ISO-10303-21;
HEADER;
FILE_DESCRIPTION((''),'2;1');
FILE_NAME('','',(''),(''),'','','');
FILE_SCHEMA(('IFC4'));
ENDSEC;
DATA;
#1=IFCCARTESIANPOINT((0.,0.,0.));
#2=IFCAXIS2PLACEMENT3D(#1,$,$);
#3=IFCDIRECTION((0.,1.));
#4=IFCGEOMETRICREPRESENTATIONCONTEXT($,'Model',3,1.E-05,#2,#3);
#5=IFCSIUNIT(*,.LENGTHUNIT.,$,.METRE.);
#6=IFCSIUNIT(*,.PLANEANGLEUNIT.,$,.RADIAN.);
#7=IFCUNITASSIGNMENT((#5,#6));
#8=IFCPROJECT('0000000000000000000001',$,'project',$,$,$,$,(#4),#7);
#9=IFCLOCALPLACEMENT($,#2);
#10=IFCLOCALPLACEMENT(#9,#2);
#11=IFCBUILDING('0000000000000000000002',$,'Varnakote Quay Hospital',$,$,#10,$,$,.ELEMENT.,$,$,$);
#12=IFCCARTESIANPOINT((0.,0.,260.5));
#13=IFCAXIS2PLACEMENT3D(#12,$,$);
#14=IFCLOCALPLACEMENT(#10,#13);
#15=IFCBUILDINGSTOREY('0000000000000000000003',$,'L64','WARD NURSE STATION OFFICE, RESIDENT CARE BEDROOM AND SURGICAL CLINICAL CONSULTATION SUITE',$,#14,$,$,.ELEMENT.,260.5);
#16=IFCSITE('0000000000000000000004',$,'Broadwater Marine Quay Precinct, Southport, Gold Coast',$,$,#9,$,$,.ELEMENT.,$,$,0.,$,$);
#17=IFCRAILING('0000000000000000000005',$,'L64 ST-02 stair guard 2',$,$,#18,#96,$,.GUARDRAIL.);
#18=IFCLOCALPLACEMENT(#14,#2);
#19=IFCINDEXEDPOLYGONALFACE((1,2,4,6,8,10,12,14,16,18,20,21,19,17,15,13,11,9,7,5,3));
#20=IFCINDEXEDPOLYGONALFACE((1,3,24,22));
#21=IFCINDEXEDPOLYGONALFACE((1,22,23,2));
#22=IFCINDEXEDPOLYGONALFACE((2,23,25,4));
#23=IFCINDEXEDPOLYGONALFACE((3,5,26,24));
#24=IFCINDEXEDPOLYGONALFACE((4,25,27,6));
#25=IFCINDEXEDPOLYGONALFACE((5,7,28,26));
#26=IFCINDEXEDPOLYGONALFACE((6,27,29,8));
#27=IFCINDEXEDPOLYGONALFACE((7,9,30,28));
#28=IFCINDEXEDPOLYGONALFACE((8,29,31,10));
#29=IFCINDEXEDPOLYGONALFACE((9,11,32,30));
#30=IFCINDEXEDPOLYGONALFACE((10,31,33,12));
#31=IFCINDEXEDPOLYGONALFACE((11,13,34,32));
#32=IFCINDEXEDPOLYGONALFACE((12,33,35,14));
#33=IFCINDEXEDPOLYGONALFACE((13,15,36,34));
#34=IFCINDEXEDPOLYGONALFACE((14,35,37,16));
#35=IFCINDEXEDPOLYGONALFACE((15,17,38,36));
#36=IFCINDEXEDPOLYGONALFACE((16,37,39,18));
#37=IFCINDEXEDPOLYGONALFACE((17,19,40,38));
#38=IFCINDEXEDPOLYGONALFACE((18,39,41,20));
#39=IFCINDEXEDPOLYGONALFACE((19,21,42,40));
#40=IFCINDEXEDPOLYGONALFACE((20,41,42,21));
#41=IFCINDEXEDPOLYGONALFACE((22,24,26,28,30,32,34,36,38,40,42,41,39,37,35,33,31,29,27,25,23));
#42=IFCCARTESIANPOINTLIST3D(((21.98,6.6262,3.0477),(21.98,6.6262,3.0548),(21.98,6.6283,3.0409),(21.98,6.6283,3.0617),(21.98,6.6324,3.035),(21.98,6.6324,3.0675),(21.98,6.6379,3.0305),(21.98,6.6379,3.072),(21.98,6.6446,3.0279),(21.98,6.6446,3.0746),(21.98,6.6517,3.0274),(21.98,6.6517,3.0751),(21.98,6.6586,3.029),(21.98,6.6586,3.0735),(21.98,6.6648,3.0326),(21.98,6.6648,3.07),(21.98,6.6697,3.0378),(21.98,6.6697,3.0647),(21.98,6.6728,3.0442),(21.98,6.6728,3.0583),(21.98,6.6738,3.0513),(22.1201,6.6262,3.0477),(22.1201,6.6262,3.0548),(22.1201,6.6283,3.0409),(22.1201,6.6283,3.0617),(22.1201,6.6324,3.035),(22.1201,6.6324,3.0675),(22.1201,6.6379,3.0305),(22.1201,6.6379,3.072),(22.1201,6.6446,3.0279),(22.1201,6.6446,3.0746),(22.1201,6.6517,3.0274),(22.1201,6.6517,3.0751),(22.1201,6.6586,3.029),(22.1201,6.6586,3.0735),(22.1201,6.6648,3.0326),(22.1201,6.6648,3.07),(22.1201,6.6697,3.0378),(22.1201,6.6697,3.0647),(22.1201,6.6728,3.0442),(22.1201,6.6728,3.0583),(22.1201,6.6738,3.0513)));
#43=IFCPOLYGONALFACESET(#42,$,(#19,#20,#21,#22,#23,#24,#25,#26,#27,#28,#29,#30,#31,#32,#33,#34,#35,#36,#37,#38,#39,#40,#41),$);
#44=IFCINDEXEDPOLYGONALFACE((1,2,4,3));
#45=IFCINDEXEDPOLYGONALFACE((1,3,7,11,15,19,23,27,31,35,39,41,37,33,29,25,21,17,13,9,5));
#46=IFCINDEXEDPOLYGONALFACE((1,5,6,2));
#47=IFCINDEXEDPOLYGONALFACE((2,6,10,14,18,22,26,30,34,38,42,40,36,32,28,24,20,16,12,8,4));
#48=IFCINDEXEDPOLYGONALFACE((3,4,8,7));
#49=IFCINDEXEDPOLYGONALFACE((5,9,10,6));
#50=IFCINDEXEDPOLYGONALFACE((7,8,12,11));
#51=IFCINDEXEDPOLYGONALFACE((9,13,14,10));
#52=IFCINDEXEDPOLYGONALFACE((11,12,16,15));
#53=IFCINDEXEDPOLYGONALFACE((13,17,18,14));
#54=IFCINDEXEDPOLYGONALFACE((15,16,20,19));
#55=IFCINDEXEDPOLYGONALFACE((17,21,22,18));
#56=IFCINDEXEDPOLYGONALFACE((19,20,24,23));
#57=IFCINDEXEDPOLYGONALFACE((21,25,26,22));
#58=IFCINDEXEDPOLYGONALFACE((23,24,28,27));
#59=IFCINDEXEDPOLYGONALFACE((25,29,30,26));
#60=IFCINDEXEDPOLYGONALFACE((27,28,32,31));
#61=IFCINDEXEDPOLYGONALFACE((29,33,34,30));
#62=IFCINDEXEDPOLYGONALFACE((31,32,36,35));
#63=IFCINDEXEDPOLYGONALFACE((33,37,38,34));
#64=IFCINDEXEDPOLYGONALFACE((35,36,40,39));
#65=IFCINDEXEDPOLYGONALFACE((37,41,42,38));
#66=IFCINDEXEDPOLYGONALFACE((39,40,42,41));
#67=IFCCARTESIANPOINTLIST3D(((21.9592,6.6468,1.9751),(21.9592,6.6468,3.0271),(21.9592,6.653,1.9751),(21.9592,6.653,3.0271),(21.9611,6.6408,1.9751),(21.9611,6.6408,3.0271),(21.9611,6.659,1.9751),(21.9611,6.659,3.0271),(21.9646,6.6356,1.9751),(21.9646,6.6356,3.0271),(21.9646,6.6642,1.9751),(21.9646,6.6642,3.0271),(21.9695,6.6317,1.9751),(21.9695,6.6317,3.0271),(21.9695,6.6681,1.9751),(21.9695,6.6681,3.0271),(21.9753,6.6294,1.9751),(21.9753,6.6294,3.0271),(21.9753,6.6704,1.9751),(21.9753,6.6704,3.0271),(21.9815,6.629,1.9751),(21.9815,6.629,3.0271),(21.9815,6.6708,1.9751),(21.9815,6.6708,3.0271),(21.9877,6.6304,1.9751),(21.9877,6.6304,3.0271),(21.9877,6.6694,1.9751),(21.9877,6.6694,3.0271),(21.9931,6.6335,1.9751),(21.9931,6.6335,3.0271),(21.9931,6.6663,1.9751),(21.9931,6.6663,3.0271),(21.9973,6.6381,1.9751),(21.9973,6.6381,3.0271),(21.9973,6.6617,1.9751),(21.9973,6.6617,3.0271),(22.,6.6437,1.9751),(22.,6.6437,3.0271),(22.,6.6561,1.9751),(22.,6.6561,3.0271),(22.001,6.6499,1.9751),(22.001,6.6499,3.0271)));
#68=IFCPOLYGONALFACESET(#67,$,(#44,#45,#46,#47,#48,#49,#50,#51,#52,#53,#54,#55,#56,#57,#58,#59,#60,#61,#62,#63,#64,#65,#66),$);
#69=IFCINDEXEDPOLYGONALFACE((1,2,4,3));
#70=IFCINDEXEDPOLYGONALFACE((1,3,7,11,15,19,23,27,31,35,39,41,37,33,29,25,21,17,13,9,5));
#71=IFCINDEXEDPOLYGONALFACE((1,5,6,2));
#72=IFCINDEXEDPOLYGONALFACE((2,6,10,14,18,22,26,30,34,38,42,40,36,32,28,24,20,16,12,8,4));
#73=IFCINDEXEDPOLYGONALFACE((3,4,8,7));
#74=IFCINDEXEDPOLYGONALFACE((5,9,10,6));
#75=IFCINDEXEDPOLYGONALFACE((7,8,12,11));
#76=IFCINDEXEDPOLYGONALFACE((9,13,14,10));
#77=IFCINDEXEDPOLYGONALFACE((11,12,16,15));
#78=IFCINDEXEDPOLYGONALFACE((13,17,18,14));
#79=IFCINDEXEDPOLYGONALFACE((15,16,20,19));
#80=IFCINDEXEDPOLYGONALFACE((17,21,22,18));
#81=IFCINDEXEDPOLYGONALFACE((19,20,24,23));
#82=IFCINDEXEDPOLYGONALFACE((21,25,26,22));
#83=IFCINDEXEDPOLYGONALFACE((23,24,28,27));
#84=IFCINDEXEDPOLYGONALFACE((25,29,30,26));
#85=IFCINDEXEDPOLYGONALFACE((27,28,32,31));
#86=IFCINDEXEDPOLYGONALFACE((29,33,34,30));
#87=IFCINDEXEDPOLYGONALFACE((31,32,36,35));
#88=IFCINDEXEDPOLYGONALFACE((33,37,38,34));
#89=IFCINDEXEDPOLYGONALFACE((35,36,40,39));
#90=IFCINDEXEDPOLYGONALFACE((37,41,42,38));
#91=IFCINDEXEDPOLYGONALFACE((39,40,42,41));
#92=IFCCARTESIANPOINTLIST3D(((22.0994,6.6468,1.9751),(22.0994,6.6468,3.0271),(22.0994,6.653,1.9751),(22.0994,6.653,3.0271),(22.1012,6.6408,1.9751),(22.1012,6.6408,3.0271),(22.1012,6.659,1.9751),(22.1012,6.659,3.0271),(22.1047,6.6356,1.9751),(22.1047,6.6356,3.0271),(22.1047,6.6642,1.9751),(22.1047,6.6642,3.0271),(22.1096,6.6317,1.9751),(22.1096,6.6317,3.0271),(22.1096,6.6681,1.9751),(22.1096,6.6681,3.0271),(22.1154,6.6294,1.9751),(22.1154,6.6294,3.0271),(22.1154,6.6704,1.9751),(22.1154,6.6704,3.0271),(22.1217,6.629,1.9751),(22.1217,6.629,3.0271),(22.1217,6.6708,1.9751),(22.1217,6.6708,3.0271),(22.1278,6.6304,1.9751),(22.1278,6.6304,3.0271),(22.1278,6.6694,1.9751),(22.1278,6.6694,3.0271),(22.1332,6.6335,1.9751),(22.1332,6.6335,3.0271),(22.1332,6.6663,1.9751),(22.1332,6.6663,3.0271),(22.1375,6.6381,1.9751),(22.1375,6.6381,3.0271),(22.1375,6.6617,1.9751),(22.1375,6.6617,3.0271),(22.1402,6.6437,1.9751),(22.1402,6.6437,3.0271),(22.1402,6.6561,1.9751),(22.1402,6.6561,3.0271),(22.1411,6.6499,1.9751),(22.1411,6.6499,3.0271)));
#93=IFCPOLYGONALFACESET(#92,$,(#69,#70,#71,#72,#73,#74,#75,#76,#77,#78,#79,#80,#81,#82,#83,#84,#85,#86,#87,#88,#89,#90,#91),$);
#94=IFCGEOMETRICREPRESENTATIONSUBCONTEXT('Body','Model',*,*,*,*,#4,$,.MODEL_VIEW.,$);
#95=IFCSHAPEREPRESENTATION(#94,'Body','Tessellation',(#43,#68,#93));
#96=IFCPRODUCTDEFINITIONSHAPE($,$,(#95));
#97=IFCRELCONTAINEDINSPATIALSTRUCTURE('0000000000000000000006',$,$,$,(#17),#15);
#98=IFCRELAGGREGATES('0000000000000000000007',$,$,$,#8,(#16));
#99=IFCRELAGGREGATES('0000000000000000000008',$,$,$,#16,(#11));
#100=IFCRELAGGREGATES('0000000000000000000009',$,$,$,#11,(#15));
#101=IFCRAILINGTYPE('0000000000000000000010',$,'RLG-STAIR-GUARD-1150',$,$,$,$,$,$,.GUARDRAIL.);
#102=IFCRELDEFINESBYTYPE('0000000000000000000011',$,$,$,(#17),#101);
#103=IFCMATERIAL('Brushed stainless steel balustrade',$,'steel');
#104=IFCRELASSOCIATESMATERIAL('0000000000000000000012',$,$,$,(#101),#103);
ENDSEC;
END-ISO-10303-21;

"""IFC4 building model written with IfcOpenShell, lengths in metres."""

from ifc_helpers import new_model, si_unit, direction, frame, origin, origin_2d, place, context, subcontext, project, spatial, circle, extrude, material, type_object, element, save


model = new_model("IFC4")

# Units and contexts
model_context = context("Model", 3, precision=1e-05, world=origin(), true_north=direction((0.0, 1.0)))
body_context = subcontext(model_context, "Body", "Model", "MODEL_VIEW")
ifc_project = project(units=[si_unit("LENGTHUNIT", "METRE"), si_unit("PLANEANGLEUNIT", "RADIAN")], contexts=[model_context])

# Site, building, storey
site_placement = place(None, origin())
site = spatial("IfcSite", under=ifc_project, at=site_placement, Name="Broadwater Marine Quay Precinct, Southport, Gold Coast", CompositionType="ELEMENT", RefElevation=0.0)
building_placement = place(site_placement, origin())
building = spatial("IfcBuilding", under=site, at=building_placement, Name="Varnakote Quay Hospital", CompositionType="ELEMENT")
storey_placement = place(building_placement, frame((0.0, 0.0, 260.5)))
storey = spatial("IfcBuildingStorey", under=building, at=storey_placement, Name="L64", Description="WARD NURSE STATION OFFICE, RESIDENT CARE BEDROOM AND SURGICAL CLINICAL CONSULTATION SUITE", CompositionType="ELEMENT", Elevation=260.5)

# Railing
ifc_material_1 = material(Name="Brushed stainless steel balustrade", Category="steel")
railing_type_1 = type_object("IfcRailingType", Name="RLG-STAIR-GUARD-1150", PredefinedType="GUARDRAIL", material=ifc_material_1)
railing_1_placement = place(storey_placement, frame((21.98, 6.6499, 1.9751)))
element("IfcRailing", 1, at=railing_1_placement, inside=storey, type_object=railing_type_1, Name="L64 ST-02 stair guard 2", PredefinedType="GUARDRAIL", context=body_context, shape_type="SweptSolid", body=[
    extrude(circle(Radius=0.0239, at=origin_2d()), frame((0.0, 0.0, 1.0762), z_axis=(1.0, 0.0, 0.0), x_axis=(0.0, 1.0, 0.0)), (0.0, 0.0, 1.0), 0.1401),
    extrude(circle(Radius=0.021, at=origin_2d()), origin(), (0.0, 0.0, 1.0), 1.052),
    extrude(circle(Radius=0.021, at=origin_2d()), frame((0.1401, 0.0, 0.0)), (0.0, 0.0, 1.0), 1.052),
])

save(model, "model.ifc")
